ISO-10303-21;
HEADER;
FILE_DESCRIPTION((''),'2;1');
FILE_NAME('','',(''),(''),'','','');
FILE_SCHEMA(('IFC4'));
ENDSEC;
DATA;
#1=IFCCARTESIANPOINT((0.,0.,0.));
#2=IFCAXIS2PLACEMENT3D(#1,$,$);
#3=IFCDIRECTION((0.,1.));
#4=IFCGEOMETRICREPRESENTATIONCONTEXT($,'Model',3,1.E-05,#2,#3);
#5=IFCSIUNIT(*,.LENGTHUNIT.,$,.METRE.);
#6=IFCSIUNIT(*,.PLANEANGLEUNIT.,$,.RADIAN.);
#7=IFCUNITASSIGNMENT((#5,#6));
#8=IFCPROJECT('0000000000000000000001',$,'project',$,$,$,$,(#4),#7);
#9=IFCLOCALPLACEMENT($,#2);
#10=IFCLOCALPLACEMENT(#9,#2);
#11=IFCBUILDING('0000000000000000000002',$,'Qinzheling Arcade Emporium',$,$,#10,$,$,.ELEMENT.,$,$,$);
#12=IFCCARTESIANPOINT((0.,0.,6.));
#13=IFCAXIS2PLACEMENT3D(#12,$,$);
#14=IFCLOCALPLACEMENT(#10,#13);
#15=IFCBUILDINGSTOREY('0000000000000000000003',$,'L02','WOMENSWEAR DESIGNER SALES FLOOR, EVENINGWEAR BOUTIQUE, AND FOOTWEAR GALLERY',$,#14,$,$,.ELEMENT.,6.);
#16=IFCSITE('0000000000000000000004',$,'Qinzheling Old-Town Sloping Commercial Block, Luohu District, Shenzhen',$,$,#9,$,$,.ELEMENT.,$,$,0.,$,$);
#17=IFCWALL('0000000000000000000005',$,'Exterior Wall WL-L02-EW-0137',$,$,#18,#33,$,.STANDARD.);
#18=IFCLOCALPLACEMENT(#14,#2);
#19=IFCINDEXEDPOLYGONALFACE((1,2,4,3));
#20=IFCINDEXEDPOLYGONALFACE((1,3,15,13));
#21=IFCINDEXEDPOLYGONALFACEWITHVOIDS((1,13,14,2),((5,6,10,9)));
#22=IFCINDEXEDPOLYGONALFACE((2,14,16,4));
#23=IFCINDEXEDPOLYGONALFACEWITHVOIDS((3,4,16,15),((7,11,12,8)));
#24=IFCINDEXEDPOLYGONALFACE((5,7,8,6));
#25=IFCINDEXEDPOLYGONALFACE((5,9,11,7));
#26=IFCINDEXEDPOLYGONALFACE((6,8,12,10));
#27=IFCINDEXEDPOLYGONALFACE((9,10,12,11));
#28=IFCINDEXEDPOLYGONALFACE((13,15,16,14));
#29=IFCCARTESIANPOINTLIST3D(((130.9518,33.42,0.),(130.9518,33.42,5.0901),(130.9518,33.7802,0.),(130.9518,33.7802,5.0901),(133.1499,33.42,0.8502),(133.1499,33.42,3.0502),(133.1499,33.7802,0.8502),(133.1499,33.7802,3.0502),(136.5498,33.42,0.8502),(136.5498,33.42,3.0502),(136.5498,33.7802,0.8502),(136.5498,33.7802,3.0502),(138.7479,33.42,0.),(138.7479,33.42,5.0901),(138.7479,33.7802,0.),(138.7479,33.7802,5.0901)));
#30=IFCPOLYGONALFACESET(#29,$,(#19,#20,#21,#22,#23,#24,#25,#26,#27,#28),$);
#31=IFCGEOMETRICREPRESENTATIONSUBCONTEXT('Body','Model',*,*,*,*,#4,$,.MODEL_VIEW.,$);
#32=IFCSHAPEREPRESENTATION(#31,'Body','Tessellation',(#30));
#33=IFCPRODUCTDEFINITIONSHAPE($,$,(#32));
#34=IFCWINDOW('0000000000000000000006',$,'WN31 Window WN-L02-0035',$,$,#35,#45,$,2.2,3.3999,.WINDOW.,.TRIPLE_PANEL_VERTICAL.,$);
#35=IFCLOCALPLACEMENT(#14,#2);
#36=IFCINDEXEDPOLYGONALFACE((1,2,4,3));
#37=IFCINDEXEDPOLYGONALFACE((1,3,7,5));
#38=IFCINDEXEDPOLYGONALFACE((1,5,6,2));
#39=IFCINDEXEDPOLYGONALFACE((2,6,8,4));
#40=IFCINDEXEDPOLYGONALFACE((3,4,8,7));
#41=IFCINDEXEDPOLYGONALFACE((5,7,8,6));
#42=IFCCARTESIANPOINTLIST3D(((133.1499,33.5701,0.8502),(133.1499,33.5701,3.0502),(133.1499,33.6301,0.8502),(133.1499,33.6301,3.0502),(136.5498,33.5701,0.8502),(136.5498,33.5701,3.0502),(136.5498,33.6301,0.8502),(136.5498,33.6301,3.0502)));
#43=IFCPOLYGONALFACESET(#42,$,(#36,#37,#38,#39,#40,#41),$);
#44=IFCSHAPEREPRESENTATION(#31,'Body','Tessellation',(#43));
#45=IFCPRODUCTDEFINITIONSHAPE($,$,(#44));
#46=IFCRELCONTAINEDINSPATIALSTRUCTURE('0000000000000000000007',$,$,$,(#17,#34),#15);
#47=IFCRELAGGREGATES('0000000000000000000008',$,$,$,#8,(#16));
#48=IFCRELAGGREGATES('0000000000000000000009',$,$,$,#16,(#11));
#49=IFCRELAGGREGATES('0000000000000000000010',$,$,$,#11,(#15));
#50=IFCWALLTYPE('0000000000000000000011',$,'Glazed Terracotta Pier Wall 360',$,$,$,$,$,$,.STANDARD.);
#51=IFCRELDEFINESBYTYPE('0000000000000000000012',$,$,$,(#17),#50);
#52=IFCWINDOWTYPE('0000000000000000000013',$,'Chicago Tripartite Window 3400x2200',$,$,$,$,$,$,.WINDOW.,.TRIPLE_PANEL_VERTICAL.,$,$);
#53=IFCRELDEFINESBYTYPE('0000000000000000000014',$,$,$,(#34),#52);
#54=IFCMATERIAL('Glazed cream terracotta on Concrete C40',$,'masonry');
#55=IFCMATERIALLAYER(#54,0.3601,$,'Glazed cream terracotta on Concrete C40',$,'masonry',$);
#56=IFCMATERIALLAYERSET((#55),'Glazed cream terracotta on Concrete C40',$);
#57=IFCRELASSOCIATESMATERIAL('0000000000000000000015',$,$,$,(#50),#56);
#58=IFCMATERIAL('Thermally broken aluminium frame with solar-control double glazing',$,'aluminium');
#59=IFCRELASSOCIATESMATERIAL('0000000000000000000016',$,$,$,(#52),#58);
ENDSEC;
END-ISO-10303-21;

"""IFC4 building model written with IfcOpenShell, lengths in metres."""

from ifc_helpers import new_model, si_unit, direction, frame, frame_2d, origin, place, context, subcontext, project, spatial, rectangle, extrude, material, layer, layer_set, type_object, element, fill, save


model = new_model("IFC4")

# Units and contexts
model_context = context("Model", 3, precision=1e-05, world=origin(), true_north=direction((0.0, 1.0)))
body_context = subcontext(model_context, "Body", "Model", "MODEL_VIEW")
ifc_project = project(units=[si_unit("LENGTHUNIT", "METRE"), si_unit("PLANEANGLEUNIT", "RADIAN")], contexts=[model_context])

# Site, building, storey
site_placement = place(None, origin())
site = spatial("IfcSite", under=ifc_project, at=site_placement, Name="Qinzheling Old-Town Sloping Commercial Block, Luohu District, Shenzhen", CompositionType="ELEMENT", RefElevation=0.0)
building_placement = place(site_placement, origin())
building = spatial("IfcBuilding", under=site, at=building_placement, Name="Qinzheling Arcade Emporium", CompositionType="ELEMENT")
storey_placement = place(building_placement, frame((0.0, 0.0, 6.0)))
storey = spatial("IfcBuildingStorey", under=building, at=storey_placement, Name="L02", Description="WOMENSWEAR DESIGNER SALES FLOOR, EVENINGWEAR BOUTIQUE, AND FOOTWEAR GALLERY", CompositionType="ELEMENT", Elevation=6.0)

# Wall, opening, window
ifc_material_1 = material(Name="Glazed cream terracotta on Concrete C40", Category="masonry")
ifc_layer_1 = layer(ifc_material_1, 0.3601, Name="Glazed cream terracotta on Concrete C40", Category="masonry")
ifc_layer_set_1 = layer_set([ifc_layer_1], Name="Glazed cream terracotta on Concrete C40")
wall_type = type_object("IfcWallType", Name="Glazed Terracotta Pier Wall 360", PredefinedType="STANDARD", material=ifc_layer_set_1)
wall_placement = place(storey_placement, frame((130.9519, 33.6001, 0.0), z_axis=(0.0, 0.0, 1.0), x_axis=(1.0, 0.0, 0.0)))
wall = element("IfcWall", 1, at=wall_placement, inside=storey, type_object=wall_type, Name="Exterior Wall WL-L02-EW-0137", PredefinedType="STANDARD", context=body_context, shape_type="SweptSolid", body=[
    extrude(rectangle(XDim=7.7961, YDim=0.3601, at=frame_2d((3.8979, 0.0))), origin(), (0.0, 0.0, 1.0), 5.0901),
])
opening_placement = place(wall_placement, frame((2.198, 0.0, 0.8501)))
opening = element("IfcOpeningElement", 2, at=opening_placement, cuts=wall, PredefinedType="OPENING", context=body_context, shape_type="SweptSolid", body=[
    extrude(rectangle(XDim=3.3999, YDim=2.2, at=frame_2d((1.7, 1.1001))), frame((0.0, 0.1899, 0.0), z_axis=(0.0, -1.0, 0.0), x_axis=(1.0, 0.0, 0.0)), (0.0, 0.0, 1.0), 0.3801),
])
ifc_material_2 = material(Name="Thermally broken aluminium frame with solar-control double glazing", Category="aluminium")
window_type = type_object("IfcWindowType", Name="Chicago Tripartite Window 3400x2200", PartitioningType="TRIPLE_PANEL_VERTICAL", PredefinedType="WINDOW", material=ifc_material_2)
window_placement = place(opening_placement, origin())
window = element("IfcWindow", 3, at=window_placement, inside=storey, type_object=window_type, Name="WN31 Window WN-L02-0035", OverallHeight=2.2, OverallWidth=3.3999, PartitioningType="TRIPLE_PANEL_VERTICAL", PredefinedType="WINDOW", context=body_context, shape_type="SweptSolid", body=[
    extrude(rectangle(XDim=3.3999, YDim=2.2, at=frame_2d((1.7, 1.1001))), frame((0.0, 0.03, 0.0), z_axis=(0.0, -1.0, 0.0), x_axis=(1.0, 0.0, 0.0)), (0.0, 0.0, 1.0), 0.0601),
])
fill(opening, window)

save(model, "model.ifc")
